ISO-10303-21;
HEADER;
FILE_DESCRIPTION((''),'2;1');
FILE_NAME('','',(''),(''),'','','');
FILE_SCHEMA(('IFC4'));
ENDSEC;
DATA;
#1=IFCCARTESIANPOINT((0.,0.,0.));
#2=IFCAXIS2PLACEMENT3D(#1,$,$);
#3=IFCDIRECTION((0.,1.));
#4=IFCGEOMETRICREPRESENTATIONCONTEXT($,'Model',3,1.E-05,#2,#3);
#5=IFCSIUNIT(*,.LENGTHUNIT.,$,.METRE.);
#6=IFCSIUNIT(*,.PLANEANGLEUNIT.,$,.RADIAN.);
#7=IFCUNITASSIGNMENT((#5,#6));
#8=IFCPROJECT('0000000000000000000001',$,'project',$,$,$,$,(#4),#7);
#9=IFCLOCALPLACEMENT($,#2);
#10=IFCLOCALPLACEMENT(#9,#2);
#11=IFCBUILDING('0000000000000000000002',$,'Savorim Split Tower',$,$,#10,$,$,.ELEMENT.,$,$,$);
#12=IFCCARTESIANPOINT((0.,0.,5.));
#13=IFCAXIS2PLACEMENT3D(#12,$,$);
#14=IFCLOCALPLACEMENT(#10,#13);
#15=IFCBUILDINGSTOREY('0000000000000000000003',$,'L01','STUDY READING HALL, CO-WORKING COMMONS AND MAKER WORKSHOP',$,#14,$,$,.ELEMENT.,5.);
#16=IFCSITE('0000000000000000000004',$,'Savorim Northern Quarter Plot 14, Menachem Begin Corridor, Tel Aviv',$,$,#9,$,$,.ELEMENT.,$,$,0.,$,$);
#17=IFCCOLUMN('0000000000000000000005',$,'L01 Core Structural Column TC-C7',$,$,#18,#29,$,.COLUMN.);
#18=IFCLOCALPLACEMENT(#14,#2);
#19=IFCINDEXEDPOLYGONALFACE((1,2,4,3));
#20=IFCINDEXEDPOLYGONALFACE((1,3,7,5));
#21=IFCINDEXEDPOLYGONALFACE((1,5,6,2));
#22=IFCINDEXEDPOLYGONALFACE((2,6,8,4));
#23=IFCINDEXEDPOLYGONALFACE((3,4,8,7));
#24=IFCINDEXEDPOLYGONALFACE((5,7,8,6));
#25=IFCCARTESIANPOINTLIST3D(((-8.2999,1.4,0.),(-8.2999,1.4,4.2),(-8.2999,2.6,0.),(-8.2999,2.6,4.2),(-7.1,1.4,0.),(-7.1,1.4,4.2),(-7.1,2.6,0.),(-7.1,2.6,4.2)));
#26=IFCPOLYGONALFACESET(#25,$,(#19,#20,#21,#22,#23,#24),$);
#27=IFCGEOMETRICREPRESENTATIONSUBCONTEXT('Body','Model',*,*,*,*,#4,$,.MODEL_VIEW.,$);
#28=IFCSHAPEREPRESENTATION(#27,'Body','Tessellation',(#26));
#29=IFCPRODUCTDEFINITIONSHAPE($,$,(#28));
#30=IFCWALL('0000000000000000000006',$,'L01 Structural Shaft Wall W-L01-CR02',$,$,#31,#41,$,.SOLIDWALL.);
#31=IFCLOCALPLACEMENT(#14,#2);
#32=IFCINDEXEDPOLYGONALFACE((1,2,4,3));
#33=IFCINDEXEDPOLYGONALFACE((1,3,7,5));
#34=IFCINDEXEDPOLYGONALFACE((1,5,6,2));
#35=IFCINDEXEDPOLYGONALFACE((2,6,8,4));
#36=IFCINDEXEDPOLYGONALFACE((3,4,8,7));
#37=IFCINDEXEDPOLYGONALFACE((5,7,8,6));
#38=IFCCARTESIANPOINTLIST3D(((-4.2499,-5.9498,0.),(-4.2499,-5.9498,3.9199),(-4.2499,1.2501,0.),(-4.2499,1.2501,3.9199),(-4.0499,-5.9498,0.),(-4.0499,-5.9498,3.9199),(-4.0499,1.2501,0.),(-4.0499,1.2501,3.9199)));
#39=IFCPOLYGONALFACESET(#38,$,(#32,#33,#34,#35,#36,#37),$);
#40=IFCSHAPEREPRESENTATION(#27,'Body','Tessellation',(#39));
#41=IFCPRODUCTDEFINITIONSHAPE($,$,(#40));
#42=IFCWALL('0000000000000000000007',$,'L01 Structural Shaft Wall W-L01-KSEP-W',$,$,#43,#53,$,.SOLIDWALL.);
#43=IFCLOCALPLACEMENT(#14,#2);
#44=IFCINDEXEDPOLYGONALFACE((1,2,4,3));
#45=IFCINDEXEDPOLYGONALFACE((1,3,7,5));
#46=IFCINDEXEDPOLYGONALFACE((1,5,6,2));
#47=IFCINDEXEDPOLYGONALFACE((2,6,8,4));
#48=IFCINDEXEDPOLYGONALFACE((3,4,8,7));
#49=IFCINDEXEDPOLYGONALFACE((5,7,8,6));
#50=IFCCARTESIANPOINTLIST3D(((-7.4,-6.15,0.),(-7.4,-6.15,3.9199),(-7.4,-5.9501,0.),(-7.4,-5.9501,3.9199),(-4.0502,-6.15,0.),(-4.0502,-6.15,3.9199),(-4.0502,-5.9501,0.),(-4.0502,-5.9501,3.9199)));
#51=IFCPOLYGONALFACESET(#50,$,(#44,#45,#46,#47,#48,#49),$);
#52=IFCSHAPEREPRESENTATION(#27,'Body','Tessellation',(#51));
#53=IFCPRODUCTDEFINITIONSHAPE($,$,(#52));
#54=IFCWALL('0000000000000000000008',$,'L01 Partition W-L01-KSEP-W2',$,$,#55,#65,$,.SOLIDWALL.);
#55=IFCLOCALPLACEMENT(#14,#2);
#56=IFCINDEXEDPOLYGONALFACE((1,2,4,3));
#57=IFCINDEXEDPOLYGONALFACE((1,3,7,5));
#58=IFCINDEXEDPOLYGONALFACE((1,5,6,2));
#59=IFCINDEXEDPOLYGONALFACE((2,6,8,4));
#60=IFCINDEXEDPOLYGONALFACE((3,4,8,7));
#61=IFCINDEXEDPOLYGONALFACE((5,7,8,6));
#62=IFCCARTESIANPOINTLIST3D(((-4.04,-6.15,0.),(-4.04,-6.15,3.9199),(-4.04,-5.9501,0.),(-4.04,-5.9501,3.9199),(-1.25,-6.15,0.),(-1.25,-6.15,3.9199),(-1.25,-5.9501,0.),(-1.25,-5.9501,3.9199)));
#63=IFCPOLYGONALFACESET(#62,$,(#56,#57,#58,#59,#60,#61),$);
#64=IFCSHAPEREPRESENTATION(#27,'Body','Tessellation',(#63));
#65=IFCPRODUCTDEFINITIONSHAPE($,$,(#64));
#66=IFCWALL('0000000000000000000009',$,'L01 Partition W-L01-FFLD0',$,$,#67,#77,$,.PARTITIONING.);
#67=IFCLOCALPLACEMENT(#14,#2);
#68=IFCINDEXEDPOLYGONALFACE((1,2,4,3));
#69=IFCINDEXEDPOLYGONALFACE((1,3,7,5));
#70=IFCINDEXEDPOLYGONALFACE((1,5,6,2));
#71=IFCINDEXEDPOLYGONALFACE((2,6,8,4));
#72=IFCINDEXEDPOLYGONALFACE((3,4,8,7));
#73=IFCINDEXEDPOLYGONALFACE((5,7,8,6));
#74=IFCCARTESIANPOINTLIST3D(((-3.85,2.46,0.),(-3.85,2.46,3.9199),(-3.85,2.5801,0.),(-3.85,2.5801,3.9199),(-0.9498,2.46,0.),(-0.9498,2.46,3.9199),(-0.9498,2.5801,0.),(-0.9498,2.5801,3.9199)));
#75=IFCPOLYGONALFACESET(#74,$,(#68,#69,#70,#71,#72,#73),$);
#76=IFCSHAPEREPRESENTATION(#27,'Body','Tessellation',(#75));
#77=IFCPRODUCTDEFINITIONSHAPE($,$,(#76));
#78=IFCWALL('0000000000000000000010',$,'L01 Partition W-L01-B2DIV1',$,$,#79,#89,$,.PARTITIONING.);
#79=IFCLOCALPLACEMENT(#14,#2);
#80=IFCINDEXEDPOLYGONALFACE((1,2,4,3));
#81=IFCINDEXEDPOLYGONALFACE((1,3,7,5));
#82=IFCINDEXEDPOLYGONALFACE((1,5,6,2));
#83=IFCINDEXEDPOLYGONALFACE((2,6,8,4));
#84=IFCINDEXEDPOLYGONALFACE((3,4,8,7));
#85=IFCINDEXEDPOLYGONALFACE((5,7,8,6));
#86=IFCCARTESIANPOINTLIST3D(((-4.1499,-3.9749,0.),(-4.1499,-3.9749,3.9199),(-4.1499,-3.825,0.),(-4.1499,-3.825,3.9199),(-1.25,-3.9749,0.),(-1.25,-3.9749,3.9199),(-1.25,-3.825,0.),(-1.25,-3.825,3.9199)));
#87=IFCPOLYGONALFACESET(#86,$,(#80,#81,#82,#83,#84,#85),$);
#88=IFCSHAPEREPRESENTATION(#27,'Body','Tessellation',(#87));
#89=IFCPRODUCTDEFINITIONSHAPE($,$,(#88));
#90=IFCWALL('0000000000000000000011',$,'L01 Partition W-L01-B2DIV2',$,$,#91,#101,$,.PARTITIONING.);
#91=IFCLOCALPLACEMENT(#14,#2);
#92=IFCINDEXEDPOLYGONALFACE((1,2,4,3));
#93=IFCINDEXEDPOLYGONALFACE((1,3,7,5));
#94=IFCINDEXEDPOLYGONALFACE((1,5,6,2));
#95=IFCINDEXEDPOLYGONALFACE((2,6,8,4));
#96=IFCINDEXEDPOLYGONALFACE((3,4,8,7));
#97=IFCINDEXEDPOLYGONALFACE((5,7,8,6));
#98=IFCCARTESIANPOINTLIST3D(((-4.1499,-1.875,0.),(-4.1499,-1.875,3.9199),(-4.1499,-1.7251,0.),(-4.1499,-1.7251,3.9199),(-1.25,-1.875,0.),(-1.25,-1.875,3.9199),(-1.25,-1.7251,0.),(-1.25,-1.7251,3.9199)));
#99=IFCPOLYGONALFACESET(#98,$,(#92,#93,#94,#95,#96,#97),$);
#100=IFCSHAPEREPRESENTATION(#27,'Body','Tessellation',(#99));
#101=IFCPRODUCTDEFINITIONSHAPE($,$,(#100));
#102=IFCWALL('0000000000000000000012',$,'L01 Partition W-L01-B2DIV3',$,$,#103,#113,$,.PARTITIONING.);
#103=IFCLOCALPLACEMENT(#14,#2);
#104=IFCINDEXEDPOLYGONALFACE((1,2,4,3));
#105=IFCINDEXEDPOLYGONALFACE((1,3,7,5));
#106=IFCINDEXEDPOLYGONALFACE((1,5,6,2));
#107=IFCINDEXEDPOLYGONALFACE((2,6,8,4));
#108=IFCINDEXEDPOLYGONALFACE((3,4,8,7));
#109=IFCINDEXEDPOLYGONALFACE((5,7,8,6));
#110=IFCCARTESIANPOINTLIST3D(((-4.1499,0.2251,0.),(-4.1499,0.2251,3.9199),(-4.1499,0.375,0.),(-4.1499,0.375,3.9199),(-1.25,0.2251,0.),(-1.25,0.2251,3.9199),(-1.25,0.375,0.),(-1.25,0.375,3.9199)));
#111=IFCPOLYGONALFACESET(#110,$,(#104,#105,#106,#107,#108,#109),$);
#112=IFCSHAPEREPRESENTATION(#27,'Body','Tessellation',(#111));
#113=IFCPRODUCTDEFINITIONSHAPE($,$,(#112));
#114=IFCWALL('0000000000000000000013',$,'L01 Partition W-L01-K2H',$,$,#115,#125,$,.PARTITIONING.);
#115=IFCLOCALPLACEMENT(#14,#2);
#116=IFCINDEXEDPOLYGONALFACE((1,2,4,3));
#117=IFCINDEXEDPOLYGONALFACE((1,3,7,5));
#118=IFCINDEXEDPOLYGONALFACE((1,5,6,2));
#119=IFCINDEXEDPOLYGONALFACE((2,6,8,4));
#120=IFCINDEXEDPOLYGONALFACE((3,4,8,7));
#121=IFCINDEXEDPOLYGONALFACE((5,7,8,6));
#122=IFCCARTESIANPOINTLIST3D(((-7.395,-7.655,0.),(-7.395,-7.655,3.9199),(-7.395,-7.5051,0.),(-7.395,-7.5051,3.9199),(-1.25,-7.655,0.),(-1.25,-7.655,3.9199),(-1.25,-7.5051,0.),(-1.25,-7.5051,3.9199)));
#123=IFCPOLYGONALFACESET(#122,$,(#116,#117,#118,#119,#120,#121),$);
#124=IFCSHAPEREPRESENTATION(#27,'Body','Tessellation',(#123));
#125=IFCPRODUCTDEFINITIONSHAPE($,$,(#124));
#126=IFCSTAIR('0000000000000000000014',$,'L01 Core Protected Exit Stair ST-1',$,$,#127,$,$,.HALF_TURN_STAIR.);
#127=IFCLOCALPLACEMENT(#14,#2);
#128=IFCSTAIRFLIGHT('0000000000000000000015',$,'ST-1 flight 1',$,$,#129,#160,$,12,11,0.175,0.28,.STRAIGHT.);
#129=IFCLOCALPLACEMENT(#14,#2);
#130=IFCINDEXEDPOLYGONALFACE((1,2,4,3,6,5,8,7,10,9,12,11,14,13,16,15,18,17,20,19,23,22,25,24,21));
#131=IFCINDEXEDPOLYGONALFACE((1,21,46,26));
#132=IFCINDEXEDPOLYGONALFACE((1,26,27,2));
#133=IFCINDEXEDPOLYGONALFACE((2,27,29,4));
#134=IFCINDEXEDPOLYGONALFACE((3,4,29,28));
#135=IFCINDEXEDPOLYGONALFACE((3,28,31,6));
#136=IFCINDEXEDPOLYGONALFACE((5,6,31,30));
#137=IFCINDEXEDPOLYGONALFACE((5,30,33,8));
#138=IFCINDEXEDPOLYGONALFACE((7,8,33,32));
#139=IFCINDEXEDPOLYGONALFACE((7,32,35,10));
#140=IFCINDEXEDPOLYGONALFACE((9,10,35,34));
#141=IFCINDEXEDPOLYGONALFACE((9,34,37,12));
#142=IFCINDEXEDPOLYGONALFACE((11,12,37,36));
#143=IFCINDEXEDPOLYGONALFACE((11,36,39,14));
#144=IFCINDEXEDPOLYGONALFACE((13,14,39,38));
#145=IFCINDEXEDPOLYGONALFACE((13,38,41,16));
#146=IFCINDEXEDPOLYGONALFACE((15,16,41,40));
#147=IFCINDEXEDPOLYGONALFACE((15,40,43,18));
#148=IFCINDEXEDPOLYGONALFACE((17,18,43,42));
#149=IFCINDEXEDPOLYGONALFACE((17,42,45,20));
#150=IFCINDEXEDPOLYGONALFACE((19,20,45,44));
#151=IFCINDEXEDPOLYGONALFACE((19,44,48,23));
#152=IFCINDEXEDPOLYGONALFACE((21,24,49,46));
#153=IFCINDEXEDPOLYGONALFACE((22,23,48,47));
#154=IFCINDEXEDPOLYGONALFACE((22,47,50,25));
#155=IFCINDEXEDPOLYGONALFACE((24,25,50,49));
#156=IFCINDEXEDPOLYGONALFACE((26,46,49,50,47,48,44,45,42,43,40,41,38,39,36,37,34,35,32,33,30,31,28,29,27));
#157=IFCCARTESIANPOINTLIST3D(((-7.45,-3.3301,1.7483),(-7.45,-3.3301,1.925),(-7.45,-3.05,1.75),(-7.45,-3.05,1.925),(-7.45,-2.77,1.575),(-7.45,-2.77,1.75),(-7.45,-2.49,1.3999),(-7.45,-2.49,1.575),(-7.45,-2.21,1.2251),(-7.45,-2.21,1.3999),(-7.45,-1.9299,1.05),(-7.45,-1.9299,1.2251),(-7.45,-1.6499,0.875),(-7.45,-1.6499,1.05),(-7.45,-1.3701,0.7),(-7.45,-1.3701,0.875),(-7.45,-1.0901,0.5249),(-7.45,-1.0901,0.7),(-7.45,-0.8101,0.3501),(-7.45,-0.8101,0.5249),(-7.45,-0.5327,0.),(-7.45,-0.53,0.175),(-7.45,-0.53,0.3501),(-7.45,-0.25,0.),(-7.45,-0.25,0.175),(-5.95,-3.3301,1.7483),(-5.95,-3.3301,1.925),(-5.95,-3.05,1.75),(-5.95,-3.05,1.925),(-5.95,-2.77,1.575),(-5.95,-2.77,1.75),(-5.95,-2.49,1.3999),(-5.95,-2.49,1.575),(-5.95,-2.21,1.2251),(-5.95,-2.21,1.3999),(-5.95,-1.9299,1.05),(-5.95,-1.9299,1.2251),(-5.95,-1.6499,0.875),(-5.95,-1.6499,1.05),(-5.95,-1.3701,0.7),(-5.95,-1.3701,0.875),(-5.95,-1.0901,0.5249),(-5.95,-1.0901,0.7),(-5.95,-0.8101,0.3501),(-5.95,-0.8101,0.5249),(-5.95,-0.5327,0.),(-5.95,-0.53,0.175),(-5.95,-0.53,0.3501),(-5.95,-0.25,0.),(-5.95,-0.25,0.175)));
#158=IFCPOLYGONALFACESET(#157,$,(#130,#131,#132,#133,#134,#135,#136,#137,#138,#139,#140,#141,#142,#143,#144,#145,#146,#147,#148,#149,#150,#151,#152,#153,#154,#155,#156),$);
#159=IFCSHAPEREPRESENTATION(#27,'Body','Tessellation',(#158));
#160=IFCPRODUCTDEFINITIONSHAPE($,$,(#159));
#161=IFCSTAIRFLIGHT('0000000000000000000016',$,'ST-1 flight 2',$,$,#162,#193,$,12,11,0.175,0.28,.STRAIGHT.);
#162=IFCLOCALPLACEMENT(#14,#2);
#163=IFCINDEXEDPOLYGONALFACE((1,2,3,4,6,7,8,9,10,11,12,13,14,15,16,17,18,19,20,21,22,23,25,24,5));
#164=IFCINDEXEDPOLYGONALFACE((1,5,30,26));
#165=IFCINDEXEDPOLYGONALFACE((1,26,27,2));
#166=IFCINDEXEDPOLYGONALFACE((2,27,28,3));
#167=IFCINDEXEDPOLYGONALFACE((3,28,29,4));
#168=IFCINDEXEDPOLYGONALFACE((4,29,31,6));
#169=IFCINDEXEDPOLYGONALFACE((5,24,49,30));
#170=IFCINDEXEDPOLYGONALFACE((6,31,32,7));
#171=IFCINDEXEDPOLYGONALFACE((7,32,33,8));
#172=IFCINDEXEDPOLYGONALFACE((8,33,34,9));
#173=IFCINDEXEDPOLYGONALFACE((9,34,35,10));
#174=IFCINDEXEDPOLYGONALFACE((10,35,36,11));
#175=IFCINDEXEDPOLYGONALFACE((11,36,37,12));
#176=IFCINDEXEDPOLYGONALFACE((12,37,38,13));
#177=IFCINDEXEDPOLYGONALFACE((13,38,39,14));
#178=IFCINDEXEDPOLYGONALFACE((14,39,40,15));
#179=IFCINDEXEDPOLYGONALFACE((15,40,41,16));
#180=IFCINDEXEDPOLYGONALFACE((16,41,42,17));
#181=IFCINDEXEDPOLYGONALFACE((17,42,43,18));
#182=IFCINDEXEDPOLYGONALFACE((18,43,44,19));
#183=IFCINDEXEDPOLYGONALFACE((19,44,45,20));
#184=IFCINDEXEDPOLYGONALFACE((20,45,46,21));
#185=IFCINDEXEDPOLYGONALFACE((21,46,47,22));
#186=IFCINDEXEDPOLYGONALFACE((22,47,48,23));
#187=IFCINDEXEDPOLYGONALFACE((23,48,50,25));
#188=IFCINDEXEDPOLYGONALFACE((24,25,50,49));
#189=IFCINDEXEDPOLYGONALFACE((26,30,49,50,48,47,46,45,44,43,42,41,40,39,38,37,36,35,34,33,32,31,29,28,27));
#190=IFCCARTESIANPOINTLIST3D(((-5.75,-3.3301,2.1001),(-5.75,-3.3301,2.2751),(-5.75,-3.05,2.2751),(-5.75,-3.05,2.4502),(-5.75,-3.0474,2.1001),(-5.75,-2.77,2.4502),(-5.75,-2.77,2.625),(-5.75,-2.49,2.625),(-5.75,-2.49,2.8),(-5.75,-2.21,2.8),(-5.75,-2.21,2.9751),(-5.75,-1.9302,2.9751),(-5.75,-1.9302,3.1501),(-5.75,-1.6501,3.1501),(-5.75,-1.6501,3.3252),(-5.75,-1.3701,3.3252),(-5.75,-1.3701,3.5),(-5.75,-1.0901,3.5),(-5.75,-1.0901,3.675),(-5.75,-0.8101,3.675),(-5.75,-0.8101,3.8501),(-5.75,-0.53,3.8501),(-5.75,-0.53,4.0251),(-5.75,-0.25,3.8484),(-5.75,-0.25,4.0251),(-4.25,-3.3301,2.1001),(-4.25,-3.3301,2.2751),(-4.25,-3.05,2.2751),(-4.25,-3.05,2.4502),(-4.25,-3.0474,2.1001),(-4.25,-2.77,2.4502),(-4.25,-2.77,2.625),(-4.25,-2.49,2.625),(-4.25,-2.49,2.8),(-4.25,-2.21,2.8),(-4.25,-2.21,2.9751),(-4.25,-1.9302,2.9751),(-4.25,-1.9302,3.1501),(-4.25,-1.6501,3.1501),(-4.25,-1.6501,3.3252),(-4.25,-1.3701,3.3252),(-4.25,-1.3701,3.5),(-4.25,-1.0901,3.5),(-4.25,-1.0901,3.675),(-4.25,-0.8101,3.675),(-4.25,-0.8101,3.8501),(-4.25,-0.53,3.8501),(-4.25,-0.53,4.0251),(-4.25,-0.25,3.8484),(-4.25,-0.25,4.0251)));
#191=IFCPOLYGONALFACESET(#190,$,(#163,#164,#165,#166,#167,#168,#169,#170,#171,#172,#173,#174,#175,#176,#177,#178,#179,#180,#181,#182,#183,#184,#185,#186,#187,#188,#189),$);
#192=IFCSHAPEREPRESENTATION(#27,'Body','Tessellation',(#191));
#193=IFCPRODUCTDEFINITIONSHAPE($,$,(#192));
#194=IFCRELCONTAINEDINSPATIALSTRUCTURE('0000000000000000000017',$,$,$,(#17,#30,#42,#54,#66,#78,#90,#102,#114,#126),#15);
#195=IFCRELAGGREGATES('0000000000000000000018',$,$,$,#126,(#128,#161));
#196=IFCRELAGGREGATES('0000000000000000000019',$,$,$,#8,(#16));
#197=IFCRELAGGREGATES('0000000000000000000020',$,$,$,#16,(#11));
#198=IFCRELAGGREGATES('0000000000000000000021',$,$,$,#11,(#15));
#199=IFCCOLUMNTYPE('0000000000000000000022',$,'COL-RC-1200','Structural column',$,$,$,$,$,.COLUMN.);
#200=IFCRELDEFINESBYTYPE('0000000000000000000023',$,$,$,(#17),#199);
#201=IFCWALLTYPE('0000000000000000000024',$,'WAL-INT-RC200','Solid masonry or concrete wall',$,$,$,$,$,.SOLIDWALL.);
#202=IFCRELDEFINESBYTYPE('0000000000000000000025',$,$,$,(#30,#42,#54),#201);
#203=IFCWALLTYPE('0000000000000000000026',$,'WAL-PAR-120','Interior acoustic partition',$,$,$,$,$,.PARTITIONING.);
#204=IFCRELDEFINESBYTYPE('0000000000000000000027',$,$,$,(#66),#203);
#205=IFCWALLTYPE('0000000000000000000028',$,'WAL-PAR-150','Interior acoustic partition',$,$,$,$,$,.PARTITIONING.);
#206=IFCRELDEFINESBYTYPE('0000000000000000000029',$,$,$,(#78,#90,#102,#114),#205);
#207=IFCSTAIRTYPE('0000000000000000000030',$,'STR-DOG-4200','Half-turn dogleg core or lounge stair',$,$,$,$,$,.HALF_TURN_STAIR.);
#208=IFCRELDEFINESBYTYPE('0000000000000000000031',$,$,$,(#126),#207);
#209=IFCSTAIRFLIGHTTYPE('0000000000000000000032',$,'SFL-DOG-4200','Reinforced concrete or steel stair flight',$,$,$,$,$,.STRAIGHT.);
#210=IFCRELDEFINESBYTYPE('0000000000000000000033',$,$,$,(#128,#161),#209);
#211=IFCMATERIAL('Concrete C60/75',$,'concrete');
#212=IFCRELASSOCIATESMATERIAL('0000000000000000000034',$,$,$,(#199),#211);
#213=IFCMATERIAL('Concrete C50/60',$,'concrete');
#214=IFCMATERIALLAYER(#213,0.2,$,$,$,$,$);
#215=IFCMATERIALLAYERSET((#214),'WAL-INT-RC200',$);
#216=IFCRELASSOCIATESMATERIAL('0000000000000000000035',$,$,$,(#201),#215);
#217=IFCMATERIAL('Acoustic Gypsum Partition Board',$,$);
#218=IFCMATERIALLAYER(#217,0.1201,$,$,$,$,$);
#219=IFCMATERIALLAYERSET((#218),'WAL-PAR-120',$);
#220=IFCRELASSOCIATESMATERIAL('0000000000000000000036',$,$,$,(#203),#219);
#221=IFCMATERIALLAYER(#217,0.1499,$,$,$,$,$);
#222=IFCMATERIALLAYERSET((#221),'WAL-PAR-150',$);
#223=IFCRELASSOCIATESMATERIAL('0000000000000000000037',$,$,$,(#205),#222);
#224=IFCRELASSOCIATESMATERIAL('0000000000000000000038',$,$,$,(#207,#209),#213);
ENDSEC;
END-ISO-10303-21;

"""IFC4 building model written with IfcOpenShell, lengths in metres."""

from ifc_helpers import new_model, si_unit, direction, frame, frame_2d, origin, origin_2d, place, context, subcontext, project, spatial, polyline, rectangle, outline, extrude, material, layer, layer_set, material_profile, profile_set, type_object, element, aggregate, save


model = new_model("IFC4")

# Units and contexts
model_context = context("Model", 3, precision=1e-05, world=origin(), true_north=direction((0.0, 1.0)))
body_context = subcontext(model_context, "Body", "Model", "MODEL_VIEW")
ifc_project = project(units=[si_unit("LENGTHUNIT", "METRE"), si_unit("PLANEANGLEUNIT", "RADIAN")], contexts=[model_context])

# Site, building, storey
site_placement = place(None, origin())
site = spatial("IfcSite", under=ifc_project, at=site_placement, Name="Savorim Northern Quarter Plot 14, Menachem Begin Corridor, Tel Aviv", CompositionType="ELEMENT", RefElevation=0.0)
building_placement = place(site_placement, origin())
building = spatial("IfcBuilding", under=site, at=building_placement, Name="Savorim Split Tower", CompositionType="ELEMENT")
storey_placement = place(building_placement, frame((0.0, 0.0, 5.0)))
storey = spatial("IfcBuildingStorey", under=building, at=storey_placement, Name="L01", Description="STUDY READING HALL, CO-WORKING COMMONS AND MAKER WORKSHOP", CompositionType="ELEMENT", Elevation=5.0)

# Column
ifc_material_1 = material(Name="Concrete C60/75", Category="concrete")
ifc_material_profile = material_profile(ifc_material_1, rectangle(XDim=1.2, YDim=1.2, at=origin_2d()), Name="RC 1200x1200")
ifc_profile_set = profile_set([ifc_material_profile], Name="Concrete C60/75")
column_type = type_object("IfcColumnType", Name="COL-RC-1200", Description="Structural column", PredefinedType="COLUMN", material=ifc_profile_set)
column_placement = place(storey_placement, frame((-7.7, 2.0, 0.0), z_axis=(0.0, 0.0, 1.0), x_axis=(1.0, 0.0, 0.0)))
element("IfcColumn", 1, at=column_placement, inside=storey, type_object=column_type, Name="L01 Core Structural Column TC-C7", PredefinedType="COLUMN", context=body_context, shape_type="SweptSolid", body=[
    extrude(rectangle(XDim=1.2, YDim=1.2, at=origin_2d()), origin(), (0.0, 0.0, 1.0), 4.2),
])

# Shared definitions
ifc_material_2 = material(Name="Concrete C50/60", Category="concrete")
ifc_layer_1 = layer(ifc_material_2, 0.2)
ifc_layer_set_1 = layer_set([ifc_layer_1], Name="WAL-INT-RC200")
wall_type_1 = type_object("IfcWallType", Name="WAL-INT-RC200", Description="Solid masonry or concrete wall", PredefinedType="SOLIDWALL", material=ifc_layer_set_1)

# Wall
wall_1_placement = place(storey_placement, frame((-4.1499, -5.95, 0.0), z_axis=(0.0, 0.0, 1.0), x_axis=(0.0, 1.0, 0.0)))
element("IfcWall", 2, at=wall_1_placement, inside=storey, type_object=wall_type_1, Name="L01 Structural Shaft Wall W-L01-CR02", PredefinedType="SOLIDWALL", context=body_context, shape_type="SweptSolid", body=[
    extrude(rectangle(XDim=7.2, YDim=0.2, at=frame_2d((3.6001, 0.0))), origin(), (0.0, 0.0, 1.0), 3.9199),
])

# Walls
wall_2_placement = place(storey_placement, frame((-7.3999, -6.05, 0.0), z_axis=(0.0, 0.0, 1.0), x_axis=(1.0, 0.0, 0.0)))
element("IfcWall", 3, at=wall_2_placement, inside=storey, type_object=wall_type_1, Name="L01 Structural Shaft Wall W-L01-KSEP-W", PredefinedType="SOLIDWALL", context=body_context, shape_type="SweptSolid", body=[
    extrude(rectangle(XDim=3.3499, YDim=0.2, at=frame_2d((1.6748, 0.0))), origin(), (0.0, 0.0, 1.0), 3.9199),
])
wall_3_placement = place(storey_placement, frame((-4.04, -6.05, 0.0), z_axis=(0.0, 0.0, 1.0), x_axis=(1.0, 0.0, 0.0)))
element("IfcWall", 4, at=wall_3_placement, inside=storey, type_object=wall_type_1, Name="L01 Partition W-L01-KSEP-W2", PredefinedType="SOLIDWALL", context=body_context, shape_type="SweptSolid", body=[
    extrude(rectangle(XDim=2.79, YDim=0.2, at=frame_2d((1.395, 0.0))), origin(), (0.0, 0.0, 1.0), 3.9199),
])
ifc_material_3 = material(Name="Acoustic Gypsum Partition Board")
ifc_layer_2 = layer(ifc_material_3, 0.1201)
ifc_layer_set_2 = layer_set([ifc_layer_2], Name="WAL-PAR-120")
wall_type_2 = type_object("IfcWallType", Name="WAL-PAR-120", Description="Interior acoustic partition", PredefinedType="PARTITIONING", material=ifc_layer_set_2)
wall_4_placement = place(storey_placement, frame((-3.8501, 2.52, 0.0), z_axis=(0.0, 0.0, 1.0), x_axis=(1.0, 0.0, 0.0)))
element("IfcWall", 5, at=wall_4_placement, inside=storey, type_object=wall_type_2, Name="L01 Partition W-L01-FFLD0", PredefinedType="PARTITIONING", context=body_context, shape_type="SweptSolid", body=[
    extrude(rectangle(XDim=2.9001, YDim=0.1201, at=frame_2d((1.4502, 0.0))), origin(), (0.0, 0.0, 1.0), 3.9199),
])
ifc_layer_3 = layer(ifc_material_3, 0.1499)
ifc_layer_set_3 = layer_set([ifc_layer_3], Name="WAL-PAR-150")
wall_type_3 = type_object("IfcWallType", Name="WAL-PAR-150", Description="Interior acoustic partition", PredefinedType="PARTITIONING", material=ifc_layer_set_3)
for number, where, z_axis, x_axis, name in (
    (6, (-4.1499, -3.8999, 0.0), (0.0, 0.0, 1.0), (1.0, 0.0, 0.0), "L01 Partition W-L01-B2DIV1"),
    (7, (-4.1499, -1.8, 0.0), (0.0, 0.0, 1.0), (1.0, 0.0, 0.0), "L01 Partition W-L01-B2DIV2"),
    (8, (-4.1499, 0.3, 0.0), (0.0, 0.0, 1.0), (1.0, 0.0, 0.0), "L01 Partition W-L01-B2DIV3"),
):
    element("IfcWall", number, at=place(storey_placement, frame(where, z_axis=z_axis, x_axis=x_axis)), inside=storey, type_object=wall_type_3, Name=name, PredefinedType="PARTITIONING", context=body_context, shape_type="SweptSolid", body=[
        extrude(rectangle(XDim=2.8999, YDim=0.1499, at=frame_2d((1.45, 0.0))), origin(), (0.0, 0.0, 1.0), 3.9199),
    ])
wall_5_placement = place(storey_placement, frame((-7.395, -7.5801, 0.0), z_axis=(0.0, 0.0, 1.0), x_axis=(1.0, 0.0, 0.0)))
element("IfcWall", 9, at=wall_5_placement, inside=storey, type_object=wall_type_3, Name="L01 Partition W-L01-K2H", PredefinedType="PARTITIONING", context=body_context, shape_type="SweptSolid", body=[
    extrude(rectangle(XDim=6.145, YDim=0.1499, at=frame_2d((3.0725, 0.0))), origin(), (0.0, 0.0, 1.0), 3.9199),
])

# Stair, stair flights
stair_type = type_object("IfcStairType", Name="STR-DOG-4200", Description="Half-turn dogleg core or lounge stair", PredefinedType="HALF_TURN_STAIR", material=ifc_material_2)
stair_placement = place(storey_placement, origin())
stair = element("IfcStair", 10, at=stair_placement, inside=storey, type_object=stair_type, Name="L01 Core Protected Exit Stair ST-1", PredefinedType="HALF_TURN_STAIR")
stair_flight_type = type_object("IfcStairFlightType", Name="SFL-DOG-4200", Description="Reinforced concrete or steel stair flight", PredefinedType="STRAIGHT", material=ifc_material_2)
stair_flight_1_placement = place(storey_placement, frame((-6.7, -0.25, 0.0), z_axis=(0.0, 0.0, 1.0), x_axis=(0.0, -1.0, 0.0)))
stair_flight_1 = element("IfcStairFlight", 11, at=stair_flight_1_placement, type_object=stair_flight_type, Name="ST-1 flight 1", NumberOfRisers=12, NumberOfTreads=11, PredefinedType="STRAIGHT", RiserHeight=0.175, TreadLength=0.28, context=body_context, shape_type="SweptSolid", body=[
    extrude(outline(polyline([(0.0, 0.0), (0.0, 0.175), (0.28, 0.175), (0.28, 0.3501), (0.5601, 0.3501), (0.5601, 0.5249), (0.8401, 0.5249), (0.8401, 0.7), (1.1201, 0.7), (1.1201, 0.875), (1.3999, 0.875), (1.3999, 1.05), (1.6799, 1.05), (1.6799, 1.2251), (1.96, 1.2251), (1.96, 1.3999), (2.24, 1.3999), (2.24, 1.575), (2.52, 1.575), (2.52, 1.75), (2.8, 1.75), (2.8, 1.925), (3.0801, 1.925), (3.0801, 2.1001), (3.0801, 1.7483), (0.2827, 0.0), (0.0, 0.0)])), frame((0.0, 0.75, 0.0), z_axis=(0.0, -1.0, 0.0), x_axis=(1.0, 0.0, 0.0)), (0.0, 0.0, 1.0), 1.5),
])
stair_flight_2_placement = place(storey_placement, frame((-5.0, -3.3301, 2.1001), z_axis=(0.0, 0.0, 1.0), x_axis=(0.0, 1.0, 0.0)))
stair_flight_2 = element("IfcStairFlight", 12, at=stair_flight_2_placement, type_object=stair_flight_type, Name="ST-1 flight 2", NumberOfRisers=12, NumberOfTreads=11, PredefinedType="STRAIGHT", RiserHeight=0.175, TreadLength=0.28, context=body_context, shape_type="SweptSolid", body=[
    extrude(outline(polyline([(0.0, 0.0), (0.0, 0.175), (0.28, 0.175), (0.28, 0.3501), (0.5601, 0.3501), (0.5601, 0.5249), (0.8401, 0.5249), (0.8401, 0.7), (1.1201, 0.7), (1.1201, 0.875), (1.3999, 0.875), (1.3999, 1.05), (1.6799, 1.05), (1.6799, 1.2251), (1.96, 1.2251), (1.96, 1.3999), (2.24, 1.3999), (2.24, 1.575), (2.52, 1.575), (2.52, 1.75), (2.8, 1.75), (2.8, 1.925), (3.0801, 1.925), (3.0801, 2.1001), (3.0801, 1.7483), (0.2827, 0.0), (0.0, 0.0)])), frame((0.0, 0.75, 0.0), z_axis=(0.0, -1.0, 0.0), x_axis=(1.0, 0.0, 0.0)), (0.0, 0.0, 1.0), 1.5),
])
aggregate(stair, [stair_flight_1, stair_flight_2])

save(model, "model.ifc")
